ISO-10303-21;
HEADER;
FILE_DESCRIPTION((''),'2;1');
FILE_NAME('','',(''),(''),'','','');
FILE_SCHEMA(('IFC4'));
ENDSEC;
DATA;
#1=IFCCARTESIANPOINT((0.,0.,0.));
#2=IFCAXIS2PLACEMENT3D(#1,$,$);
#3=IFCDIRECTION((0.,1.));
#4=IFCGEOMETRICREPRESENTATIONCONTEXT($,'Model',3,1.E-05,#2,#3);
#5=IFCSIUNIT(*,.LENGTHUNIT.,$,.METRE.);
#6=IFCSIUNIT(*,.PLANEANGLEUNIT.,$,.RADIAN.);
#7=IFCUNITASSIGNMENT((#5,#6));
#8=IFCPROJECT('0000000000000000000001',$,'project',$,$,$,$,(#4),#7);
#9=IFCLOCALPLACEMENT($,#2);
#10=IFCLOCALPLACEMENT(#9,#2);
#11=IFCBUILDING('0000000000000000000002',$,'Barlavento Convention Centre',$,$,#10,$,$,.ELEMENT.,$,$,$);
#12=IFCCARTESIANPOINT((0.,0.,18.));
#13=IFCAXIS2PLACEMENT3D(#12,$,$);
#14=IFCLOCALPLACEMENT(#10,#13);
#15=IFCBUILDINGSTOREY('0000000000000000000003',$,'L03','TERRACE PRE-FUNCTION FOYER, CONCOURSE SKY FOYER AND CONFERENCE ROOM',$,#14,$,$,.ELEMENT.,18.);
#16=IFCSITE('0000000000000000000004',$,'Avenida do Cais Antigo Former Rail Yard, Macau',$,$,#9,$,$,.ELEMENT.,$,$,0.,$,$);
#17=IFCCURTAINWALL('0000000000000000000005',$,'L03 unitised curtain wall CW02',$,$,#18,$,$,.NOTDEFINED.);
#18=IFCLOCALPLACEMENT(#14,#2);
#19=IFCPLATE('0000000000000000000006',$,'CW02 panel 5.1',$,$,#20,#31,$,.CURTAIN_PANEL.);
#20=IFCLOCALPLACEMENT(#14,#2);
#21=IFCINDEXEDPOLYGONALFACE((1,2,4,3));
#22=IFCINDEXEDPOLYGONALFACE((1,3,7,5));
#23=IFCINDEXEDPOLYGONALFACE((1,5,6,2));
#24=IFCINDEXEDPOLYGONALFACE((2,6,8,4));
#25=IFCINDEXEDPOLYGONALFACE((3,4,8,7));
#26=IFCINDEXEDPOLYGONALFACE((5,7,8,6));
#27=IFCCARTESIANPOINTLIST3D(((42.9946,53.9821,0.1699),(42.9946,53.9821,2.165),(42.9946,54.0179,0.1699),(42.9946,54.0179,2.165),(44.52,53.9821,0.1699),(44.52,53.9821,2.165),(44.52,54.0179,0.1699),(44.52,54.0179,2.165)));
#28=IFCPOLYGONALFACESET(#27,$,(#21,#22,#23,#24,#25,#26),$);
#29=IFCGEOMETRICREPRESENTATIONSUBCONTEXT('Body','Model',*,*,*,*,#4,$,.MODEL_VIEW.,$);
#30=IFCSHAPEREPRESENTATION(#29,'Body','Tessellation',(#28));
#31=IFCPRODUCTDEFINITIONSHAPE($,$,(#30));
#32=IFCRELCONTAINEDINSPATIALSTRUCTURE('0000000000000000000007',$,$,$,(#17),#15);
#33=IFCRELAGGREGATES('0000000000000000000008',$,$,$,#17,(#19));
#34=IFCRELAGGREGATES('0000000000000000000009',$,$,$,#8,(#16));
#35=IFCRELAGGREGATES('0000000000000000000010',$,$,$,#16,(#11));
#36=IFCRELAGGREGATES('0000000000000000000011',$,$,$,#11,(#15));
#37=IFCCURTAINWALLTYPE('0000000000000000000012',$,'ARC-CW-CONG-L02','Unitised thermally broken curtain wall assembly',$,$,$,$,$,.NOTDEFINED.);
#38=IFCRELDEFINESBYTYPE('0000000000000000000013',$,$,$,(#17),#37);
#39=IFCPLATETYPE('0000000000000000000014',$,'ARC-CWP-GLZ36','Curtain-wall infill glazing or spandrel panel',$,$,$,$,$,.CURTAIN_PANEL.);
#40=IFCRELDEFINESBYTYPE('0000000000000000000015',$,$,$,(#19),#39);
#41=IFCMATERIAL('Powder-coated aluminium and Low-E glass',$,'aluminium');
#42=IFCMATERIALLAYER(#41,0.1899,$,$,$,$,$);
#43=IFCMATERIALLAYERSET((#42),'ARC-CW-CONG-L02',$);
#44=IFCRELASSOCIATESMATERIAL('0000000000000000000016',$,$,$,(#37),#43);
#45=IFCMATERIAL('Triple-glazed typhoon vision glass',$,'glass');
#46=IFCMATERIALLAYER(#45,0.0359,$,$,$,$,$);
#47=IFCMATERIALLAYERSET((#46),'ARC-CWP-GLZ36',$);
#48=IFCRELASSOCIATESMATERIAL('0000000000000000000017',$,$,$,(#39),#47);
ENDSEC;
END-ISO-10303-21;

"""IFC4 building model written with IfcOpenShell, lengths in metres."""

from ifc_helpers import new_model, si_unit, direction, frame, origin, origin_2d, place, context, subcontext, project, spatial, rectangle, extrude, material, layer, layer_set, type_object, element, aggregate, save


model = new_model("IFC4")

# Units and contexts
model_context = context("Model", 3, precision=1e-05, world=origin(), true_north=direction((0.0, 1.0)))
body_context = subcontext(model_context, "Body", "Model", "MODEL_VIEW")
ifc_project = project(units=[si_unit("LENGTHUNIT", "METRE"), si_unit("PLANEANGLEUNIT", "RADIAN")], contexts=[model_context])

# Site, building, storey
site_placement = place(None, origin())
site = spatial("IfcSite", under=ifc_project, at=site_placement, Name="Avenida do Cais Antigo Former Rail Yard, Macau", CompositionType="ELEMENT", RefElevation=0.0)
building_placement = place(site_placement, origin())
building = spatial("IfcBuilding", under=site, at=building_placement, Name="Barlavento Convention Centre", CompositionType="ELEMENT")
storey_placement = place(building_placement, frame((0.0, 0.0, 18.0)))
storey = spatial("IfcBuildingStorey", under=building, at=storey_placement, Name="L03", Description="TERRACE PRE-FUNCTION FOYER, CONCOURSE SKY FOYER AND CONFERENCE ROOM", CompositionType="ELEMENT", Elevation=18.0)

# Shared definitions
ifc_material_1 = material(Name="Powder-coated aluminium and Low-E glass", Category="aluminium")
ifc_layer_1 = layer(ifc_material_1, 0.1899)
ifc_layer_set_1 = layer_set([ifc_layer_1], Name="ARC-CW-CONG-L02")
curtain_wall_type = type_object("IfcCurtainWallType", Name="ARC-CW-CONG-L02", Description="Unitised thermally broken curtain wall assembly", PredefinedType="NOTDEFINED", material=ifc_layer_set_1)

# Curtain wall
curtain_wall_1_placement = place(storey_placement, origin())
curtain_wall_1 = element("IfcCurtainWall", 1, at=curtain_wall_1_placement, inside=storey, type_object=curtain_wall_type, Name="L03 unitised curtain wall CW02", PredefinedType="NOTDEFINED")

# Plate
ifc_material_2 = material(Name="Triple-glazed typhoon vision glass", Category="glass")
ifc_layer_2 = layer(ifc_material_2, 0.0359)
ifc_layer_set_2 = layer_set([ifc_layer_2], Name="ARC-CWP-GLZ36")
plate_type = type_object("IfcPlateType", Name="ARC-CWP-GLZ36", Description="Curtain-wall infill glazing or spandrel panel", PredefinedType="CURTAIN_PANEL", material=ifc_layer_set_2)
plate_1_placement = place(storey_placement, frame((43.7573, 54.0, 0.1699), z_axis=(0.0, 0.0, 1.0), x_axis=(1.0, 0.0, 0.0)))
plate_1 = element("IfcPlate", 2, at=plate_1_placement, type_object=plate_type, Name="CW02 panel 5.1", PredefinedType="CURTAIN_PANEL", context=body_context, shape_type="SweptSolid", body=[
    extrude(rectangle(XDim=1.5254, YDim=0.0359, at=origin_2d()), origin(), (0.0, 0.0, 1.0), 1.9951),
])
aggregate(curtain_wall_1, [plate_1])

save(model, "model.ifc")
